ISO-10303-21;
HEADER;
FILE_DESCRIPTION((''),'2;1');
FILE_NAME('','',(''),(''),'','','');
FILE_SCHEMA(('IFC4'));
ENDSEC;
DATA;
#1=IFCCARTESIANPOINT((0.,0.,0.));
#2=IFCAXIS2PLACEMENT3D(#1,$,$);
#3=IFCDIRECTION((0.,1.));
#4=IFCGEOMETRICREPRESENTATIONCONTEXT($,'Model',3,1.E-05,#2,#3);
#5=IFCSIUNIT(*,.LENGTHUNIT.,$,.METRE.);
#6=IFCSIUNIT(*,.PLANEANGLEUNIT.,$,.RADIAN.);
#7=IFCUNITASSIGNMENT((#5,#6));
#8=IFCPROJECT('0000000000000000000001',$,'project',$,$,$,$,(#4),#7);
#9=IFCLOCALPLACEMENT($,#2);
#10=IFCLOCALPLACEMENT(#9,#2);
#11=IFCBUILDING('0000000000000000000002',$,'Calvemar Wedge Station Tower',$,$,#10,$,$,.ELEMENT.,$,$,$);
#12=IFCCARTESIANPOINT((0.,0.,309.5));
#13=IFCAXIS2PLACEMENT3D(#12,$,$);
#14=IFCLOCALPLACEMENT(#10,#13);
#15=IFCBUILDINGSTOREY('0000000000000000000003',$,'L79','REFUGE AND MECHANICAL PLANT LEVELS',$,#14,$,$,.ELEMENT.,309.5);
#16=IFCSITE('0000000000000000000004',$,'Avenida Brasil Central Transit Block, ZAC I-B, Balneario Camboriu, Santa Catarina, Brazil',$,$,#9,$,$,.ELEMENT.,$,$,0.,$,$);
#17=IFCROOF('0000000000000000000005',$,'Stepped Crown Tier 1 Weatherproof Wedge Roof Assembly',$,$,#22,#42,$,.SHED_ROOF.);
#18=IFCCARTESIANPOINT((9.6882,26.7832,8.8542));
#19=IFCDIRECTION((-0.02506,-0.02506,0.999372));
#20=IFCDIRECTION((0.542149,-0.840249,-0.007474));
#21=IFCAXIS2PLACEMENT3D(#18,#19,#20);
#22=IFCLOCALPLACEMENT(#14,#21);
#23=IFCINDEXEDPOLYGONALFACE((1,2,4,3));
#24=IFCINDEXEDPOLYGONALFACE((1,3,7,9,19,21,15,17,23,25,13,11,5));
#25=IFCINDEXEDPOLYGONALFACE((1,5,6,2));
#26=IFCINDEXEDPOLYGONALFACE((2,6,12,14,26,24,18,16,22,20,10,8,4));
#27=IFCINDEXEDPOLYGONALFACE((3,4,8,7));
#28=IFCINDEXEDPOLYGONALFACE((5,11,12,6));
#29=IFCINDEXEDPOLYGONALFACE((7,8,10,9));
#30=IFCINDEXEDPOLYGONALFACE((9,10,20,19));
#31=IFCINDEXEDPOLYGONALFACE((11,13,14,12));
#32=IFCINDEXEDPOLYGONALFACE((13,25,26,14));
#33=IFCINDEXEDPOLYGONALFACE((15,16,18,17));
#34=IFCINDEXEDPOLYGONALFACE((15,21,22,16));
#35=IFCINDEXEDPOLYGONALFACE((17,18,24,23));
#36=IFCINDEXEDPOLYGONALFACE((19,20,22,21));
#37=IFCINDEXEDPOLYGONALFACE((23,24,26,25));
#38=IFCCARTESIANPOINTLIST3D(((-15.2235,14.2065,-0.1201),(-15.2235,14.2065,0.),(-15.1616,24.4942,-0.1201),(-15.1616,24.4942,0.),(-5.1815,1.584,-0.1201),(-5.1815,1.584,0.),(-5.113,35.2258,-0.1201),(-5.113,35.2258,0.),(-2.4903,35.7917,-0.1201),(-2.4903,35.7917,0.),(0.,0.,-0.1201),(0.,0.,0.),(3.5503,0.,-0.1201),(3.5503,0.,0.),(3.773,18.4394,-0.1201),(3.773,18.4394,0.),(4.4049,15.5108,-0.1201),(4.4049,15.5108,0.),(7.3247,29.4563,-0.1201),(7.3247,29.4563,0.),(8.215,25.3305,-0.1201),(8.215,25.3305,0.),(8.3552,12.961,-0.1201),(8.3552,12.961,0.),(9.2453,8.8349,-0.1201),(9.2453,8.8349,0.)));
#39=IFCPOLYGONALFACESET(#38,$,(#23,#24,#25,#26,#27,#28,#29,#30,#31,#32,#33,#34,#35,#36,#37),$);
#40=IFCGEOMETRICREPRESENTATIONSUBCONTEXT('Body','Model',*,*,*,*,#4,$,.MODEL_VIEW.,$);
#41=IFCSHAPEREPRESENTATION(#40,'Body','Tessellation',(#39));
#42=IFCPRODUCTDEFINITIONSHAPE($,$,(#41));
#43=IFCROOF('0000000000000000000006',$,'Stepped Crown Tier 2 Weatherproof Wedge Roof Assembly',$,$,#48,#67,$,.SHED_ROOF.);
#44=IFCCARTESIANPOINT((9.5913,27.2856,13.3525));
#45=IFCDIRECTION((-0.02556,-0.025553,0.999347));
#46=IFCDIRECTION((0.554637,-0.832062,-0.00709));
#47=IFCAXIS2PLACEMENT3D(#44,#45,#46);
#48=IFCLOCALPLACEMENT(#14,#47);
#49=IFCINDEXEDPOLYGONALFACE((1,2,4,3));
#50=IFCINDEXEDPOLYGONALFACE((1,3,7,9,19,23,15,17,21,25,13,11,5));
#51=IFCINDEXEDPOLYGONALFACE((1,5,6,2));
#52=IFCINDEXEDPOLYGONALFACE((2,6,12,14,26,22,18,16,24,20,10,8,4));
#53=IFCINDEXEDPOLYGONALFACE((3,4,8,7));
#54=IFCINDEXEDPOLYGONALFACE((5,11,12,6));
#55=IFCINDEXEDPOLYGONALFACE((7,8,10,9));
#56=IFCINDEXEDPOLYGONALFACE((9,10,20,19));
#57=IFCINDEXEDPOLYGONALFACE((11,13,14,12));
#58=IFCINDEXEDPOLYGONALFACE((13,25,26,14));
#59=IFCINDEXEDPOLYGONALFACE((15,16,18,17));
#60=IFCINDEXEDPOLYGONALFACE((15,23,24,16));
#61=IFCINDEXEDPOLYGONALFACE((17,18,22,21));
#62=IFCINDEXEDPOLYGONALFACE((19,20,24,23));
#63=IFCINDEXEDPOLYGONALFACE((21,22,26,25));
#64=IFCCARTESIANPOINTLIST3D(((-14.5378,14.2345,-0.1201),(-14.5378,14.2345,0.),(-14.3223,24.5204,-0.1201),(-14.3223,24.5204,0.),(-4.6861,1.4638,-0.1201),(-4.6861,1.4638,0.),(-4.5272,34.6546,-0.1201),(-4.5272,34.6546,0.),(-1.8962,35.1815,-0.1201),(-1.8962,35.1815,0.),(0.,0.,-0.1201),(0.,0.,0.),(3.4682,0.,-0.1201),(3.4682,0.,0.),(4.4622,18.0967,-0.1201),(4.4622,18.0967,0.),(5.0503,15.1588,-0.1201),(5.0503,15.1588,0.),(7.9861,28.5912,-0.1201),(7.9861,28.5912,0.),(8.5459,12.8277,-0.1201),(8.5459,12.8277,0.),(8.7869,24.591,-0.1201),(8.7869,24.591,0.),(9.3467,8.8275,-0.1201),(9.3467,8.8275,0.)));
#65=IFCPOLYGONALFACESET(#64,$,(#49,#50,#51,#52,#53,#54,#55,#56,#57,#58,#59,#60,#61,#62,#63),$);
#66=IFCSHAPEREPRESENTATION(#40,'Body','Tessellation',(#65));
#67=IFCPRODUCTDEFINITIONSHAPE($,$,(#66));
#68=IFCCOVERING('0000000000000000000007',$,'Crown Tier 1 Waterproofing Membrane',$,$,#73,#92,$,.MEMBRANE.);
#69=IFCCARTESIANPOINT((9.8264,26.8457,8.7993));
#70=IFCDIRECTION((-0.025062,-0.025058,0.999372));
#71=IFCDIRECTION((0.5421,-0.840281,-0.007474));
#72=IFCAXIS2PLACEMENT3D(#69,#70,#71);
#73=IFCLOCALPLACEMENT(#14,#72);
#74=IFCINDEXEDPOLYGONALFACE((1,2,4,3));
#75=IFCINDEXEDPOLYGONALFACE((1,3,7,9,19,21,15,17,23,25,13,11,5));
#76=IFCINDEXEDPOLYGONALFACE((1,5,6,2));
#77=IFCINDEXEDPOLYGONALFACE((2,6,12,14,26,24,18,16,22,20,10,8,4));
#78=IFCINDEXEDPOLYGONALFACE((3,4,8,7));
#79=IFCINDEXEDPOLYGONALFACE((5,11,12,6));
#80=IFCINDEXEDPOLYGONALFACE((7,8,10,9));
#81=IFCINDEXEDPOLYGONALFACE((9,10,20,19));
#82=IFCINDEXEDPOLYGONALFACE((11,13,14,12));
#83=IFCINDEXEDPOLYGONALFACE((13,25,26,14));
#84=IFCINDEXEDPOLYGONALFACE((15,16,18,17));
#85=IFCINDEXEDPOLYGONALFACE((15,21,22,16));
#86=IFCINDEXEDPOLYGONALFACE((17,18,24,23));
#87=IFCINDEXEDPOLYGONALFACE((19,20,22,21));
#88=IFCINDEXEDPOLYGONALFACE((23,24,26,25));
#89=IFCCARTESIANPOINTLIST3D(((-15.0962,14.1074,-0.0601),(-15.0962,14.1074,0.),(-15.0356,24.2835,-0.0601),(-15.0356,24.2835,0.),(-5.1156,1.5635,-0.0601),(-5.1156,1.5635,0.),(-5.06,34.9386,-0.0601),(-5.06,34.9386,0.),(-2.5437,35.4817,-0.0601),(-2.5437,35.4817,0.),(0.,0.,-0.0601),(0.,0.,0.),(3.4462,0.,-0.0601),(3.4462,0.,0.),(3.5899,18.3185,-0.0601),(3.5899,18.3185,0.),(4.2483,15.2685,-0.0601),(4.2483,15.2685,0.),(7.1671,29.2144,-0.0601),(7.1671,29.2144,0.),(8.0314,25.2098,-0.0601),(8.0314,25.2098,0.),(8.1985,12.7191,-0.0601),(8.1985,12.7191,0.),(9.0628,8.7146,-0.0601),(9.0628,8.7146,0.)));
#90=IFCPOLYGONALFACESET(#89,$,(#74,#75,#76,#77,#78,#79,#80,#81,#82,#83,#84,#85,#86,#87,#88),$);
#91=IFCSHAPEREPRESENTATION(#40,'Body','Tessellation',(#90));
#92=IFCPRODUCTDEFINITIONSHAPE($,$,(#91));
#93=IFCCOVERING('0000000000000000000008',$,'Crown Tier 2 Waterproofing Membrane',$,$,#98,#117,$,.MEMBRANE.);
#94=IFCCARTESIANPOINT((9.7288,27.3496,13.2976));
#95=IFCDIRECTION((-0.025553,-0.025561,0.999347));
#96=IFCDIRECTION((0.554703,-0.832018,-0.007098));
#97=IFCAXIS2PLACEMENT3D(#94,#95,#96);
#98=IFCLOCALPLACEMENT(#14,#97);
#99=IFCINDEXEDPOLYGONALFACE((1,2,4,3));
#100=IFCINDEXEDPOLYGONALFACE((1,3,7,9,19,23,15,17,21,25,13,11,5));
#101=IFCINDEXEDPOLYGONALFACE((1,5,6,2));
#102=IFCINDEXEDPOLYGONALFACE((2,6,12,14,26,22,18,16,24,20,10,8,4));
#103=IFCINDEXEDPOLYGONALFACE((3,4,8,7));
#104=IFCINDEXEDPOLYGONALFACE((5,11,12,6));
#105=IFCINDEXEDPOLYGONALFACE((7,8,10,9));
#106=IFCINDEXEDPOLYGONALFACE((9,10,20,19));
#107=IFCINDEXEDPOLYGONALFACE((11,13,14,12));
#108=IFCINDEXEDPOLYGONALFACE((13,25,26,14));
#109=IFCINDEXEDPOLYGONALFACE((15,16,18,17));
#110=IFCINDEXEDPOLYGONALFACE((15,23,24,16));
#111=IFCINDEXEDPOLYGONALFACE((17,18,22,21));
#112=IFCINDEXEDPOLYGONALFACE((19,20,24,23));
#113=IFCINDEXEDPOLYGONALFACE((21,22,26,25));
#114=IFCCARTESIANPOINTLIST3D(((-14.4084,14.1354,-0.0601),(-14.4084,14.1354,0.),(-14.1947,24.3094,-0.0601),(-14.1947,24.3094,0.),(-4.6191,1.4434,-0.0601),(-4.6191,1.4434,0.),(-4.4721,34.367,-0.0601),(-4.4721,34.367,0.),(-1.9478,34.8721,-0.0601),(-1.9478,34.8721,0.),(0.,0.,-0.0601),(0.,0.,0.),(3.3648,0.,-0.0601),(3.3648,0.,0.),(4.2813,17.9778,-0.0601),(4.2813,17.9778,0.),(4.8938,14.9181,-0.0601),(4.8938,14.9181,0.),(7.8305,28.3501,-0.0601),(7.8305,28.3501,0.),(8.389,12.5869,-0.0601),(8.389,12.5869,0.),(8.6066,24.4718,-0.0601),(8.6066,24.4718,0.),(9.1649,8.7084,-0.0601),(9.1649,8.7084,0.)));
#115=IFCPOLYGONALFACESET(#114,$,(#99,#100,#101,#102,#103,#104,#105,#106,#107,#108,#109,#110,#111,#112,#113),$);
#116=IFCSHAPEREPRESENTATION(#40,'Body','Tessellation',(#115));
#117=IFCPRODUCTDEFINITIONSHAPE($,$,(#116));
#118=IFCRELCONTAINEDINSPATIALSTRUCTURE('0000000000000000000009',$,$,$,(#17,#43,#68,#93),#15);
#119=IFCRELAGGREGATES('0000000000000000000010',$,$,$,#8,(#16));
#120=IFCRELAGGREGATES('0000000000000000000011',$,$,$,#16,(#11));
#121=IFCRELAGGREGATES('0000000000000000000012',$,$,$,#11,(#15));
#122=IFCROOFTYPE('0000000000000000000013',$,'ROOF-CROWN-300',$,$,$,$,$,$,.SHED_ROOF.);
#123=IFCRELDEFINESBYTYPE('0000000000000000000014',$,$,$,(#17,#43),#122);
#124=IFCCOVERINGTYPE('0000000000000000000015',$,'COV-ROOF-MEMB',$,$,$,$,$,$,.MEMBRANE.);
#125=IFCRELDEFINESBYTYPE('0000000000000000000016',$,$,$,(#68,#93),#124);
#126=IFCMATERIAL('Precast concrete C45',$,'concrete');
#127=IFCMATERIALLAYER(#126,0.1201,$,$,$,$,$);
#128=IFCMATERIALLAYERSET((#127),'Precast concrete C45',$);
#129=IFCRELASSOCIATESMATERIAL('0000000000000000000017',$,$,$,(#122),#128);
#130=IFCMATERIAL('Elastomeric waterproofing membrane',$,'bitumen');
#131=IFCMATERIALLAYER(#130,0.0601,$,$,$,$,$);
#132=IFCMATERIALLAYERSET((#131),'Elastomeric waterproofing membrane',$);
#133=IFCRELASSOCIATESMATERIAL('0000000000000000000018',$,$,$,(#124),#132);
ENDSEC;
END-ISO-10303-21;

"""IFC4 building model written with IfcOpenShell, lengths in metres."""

from ifc_helpers import new_model, si_unit, direction, frame, origin, place, context, subcontext, project, spatial, polyline, outline, extrude, material, layer, layer_set, type_object, element, save


model = new_model("IFC4")

# Units and contexts
model_context = context("Model", 3, precision=1e-05, world=origin(), true_north=direction((0.0, 1.0)))
body_context = subcontext(model_context, "Body", "Model", "MODEL_VIEW")
ifc_project = project(units=[si_unit("LENGTHUNIT", "METRE"), si_unit("PLANEANGLEUNIT", "RADIAN")], contexts=[model_context])

# Site, building, storey
site_placement = place(None, origin())
site = spatial("IfcSite", under=ifc_project, at=site_placement, Name="Avenida Brasil Central Transit Block, ZAC I-B, Balneario Camboriu, Santa Catarina, Brazil", CompositionType="ELEMENT", RefElevation=0.0)
building_placement = place(site_placement, origin())
building = spatial("IfcBuilding", under=site, at=building_placement, Name="Calvemar Wedge Station Tower", CompositionType="ELEMENT")
storey_placement = place(building_placement, frame((0.0, 0.0, 309.5)))
storey = spatial("IfcBuildingStorey", under=building, at=storey_placement, Name="L79", Description="REFUGE AND MECHANICAL PLANT LEVELS", CompositionType="ELEMENT", Elevation=309.5)

# Shared definitions
ifc_material_1 = material(Name="Precast concrete C45", Category="concrete")

# Roofs
ifc_layer_1 = layer(ifc_material_1, 0.1201)
ifc_layer_set_1 = layer_set([ifc_layer_1], Name="Precast concrete C45")
roof_type = type_object("IfcRoofType", Name="ROOF-CROWN-300", PredefinedType="SHED_ROOF", material=ifc_layer_set_1)
roof_1_placement = place(storey_placement, frame((9.6882, 26.7832, 8.8542), z_axis=(-0.02506, -0.02506, 0.999372), x_axis=(0.542149, -0.840249, -0.007474)))
element("IfcRoof", 1, at=roof_1_placement, inside=storey, type_object=roof_type, Name="Stepped Crown Tier 1 Weatherproof Wedge Roof Assembly", PredefinedType="SHED_ROOF", context=body_context, shape_type="SweptSolid", body=[
    extrude(outline(polyline([(0.0, 0.0), (3.5503, 0.0), (9.2453, 8.8349), (8.3552, 12.961), (4.4049, 15.5108), (3.773, 18.4394), (8.215, 25.3305), (7.3247, 29.4563), (-2.4903, 35.7917), (-5.113, 35.2258), (-15.1616, 24.4942), (-15.2235, 14.2065), (-5.1815, 1.584), (0.0, 0.0)])), origin(), (0.0, 0.0, -1.0), 0.1201),
])
roof_2_placement = place(storey_placement, frame((9.5913, 27.2856, 13.3525), z_axis=(-0.02556, -0.025553, 0.999347), x_axis=(0.554637, -0.832062, -0.00709)))
element("IfcRoof", 2, at=roof_2_placement, inside=storey, type_object=roof_type, Name="Stepped Crown Tier 2 Weatherproof Wedge Roof Assembly", PredefinedType="SHED_ROOF", context=body_context, shape_type="SweptSolid", body=[
    extrude(outline(polyline([(0.0, 0.0), (3.4682, 0.0), (9.3467, 8.8275), (8.5459, 12.8277), (5.0503, 15.1588), (4.4622, 18.0967), (8.7869, 24.591), (7.9861, 28.5912), (-1.8962, 35.1815), (-4.5272, 34.6546), (-14.3223, 24.5204), (-14.5378, 14.2345), (-4.6861, 1.4638), (0.0, 0.0)])), origin(), (0.0, 0.0, -1.0), 0.1201),
])

# Coverings
ifc_material_2 = material(Name="Elastomeric waterproofing membrane", Category="bitumen")
ifc_layer_2 = layer(ifc_material_2, 0.0601)
ifc_layer_set_2 = layer_set([ifc_layer_2], Name="Elastomeric waterproofing membrane")
covering_type = type_object("IfcCoveringType", Name="COV-ROOF-MEMB", PredefinedType="MEMBRANE", material=ifc_layer_set_2)
covering_1_placement = place(storey_placement, frame((9.8264, 26.8457, 8.7993), z_axis=(-0.025062, -0.025058, 0.999372), x_axis=(0.5421, -0.840281, -0.007474)))
element("IfcCovering", 3, at=covering_1_placement, inside=storey, type_object=covering_type, Name="Crown Tier 1 Waterproofing Membrane", PredefinedType="MEMBRANE", context=body_context, shape_type="SweptSolid", body=[
    extrude(outline(polyline([(0.0, 0.0), (3.4462, 0.0), (9.0628, 8.7146), (8.1985, 12.7191), (4.2483, 15.2685), (3.5899, 18.3185), (8.0314, 25.2098), (7.1671, 29.2144), (-2.5437, 35.4817), (-5.06, 34.9386), (-15.0356, 24.2835), (-15.0962, 14.1074), (-5.1156, 1.5635), (0.0, 0.0)])), origin(), (0.0, 0.0, -1.0), 0.0601),
])
covering_2_placement = place(storey_placement, frame((9.7288, 27.3496, 13.2976), z_axis=(-0.025553, -0.025561, 0.999347), x_axis=(0.554703, -0.832018, -0.007098)))
element("IfcCovering", 4, at=covering_2_placement, inside=storey, type_object=covering_type, Name="Crown Tier 2 Waterproofing Membrane", PredefinedType="MEMBRANE", context=body_context, shape_type="SweptSolid", body=[
    extrude(outline(polyline([(0.0, 0.0), (3.3648, 0.0), (9.1649, 8.7084), (8.389, 12.5869), (4.8938, 14.9181), (4.2813, 17.9778), (8.6066, 24.4718), (7.8305, 28.3501), (-1.9478, 34.8721), (-4.4721, 34.367), (-14.1947, 24.3094), (-14.4084, 14.1354), (-4.6191, 1.4434), (0.0, 0.0)])), origin(), (0.0, 0.0, -1.0), 0.0601),
])

save(model, "model.ifc")
